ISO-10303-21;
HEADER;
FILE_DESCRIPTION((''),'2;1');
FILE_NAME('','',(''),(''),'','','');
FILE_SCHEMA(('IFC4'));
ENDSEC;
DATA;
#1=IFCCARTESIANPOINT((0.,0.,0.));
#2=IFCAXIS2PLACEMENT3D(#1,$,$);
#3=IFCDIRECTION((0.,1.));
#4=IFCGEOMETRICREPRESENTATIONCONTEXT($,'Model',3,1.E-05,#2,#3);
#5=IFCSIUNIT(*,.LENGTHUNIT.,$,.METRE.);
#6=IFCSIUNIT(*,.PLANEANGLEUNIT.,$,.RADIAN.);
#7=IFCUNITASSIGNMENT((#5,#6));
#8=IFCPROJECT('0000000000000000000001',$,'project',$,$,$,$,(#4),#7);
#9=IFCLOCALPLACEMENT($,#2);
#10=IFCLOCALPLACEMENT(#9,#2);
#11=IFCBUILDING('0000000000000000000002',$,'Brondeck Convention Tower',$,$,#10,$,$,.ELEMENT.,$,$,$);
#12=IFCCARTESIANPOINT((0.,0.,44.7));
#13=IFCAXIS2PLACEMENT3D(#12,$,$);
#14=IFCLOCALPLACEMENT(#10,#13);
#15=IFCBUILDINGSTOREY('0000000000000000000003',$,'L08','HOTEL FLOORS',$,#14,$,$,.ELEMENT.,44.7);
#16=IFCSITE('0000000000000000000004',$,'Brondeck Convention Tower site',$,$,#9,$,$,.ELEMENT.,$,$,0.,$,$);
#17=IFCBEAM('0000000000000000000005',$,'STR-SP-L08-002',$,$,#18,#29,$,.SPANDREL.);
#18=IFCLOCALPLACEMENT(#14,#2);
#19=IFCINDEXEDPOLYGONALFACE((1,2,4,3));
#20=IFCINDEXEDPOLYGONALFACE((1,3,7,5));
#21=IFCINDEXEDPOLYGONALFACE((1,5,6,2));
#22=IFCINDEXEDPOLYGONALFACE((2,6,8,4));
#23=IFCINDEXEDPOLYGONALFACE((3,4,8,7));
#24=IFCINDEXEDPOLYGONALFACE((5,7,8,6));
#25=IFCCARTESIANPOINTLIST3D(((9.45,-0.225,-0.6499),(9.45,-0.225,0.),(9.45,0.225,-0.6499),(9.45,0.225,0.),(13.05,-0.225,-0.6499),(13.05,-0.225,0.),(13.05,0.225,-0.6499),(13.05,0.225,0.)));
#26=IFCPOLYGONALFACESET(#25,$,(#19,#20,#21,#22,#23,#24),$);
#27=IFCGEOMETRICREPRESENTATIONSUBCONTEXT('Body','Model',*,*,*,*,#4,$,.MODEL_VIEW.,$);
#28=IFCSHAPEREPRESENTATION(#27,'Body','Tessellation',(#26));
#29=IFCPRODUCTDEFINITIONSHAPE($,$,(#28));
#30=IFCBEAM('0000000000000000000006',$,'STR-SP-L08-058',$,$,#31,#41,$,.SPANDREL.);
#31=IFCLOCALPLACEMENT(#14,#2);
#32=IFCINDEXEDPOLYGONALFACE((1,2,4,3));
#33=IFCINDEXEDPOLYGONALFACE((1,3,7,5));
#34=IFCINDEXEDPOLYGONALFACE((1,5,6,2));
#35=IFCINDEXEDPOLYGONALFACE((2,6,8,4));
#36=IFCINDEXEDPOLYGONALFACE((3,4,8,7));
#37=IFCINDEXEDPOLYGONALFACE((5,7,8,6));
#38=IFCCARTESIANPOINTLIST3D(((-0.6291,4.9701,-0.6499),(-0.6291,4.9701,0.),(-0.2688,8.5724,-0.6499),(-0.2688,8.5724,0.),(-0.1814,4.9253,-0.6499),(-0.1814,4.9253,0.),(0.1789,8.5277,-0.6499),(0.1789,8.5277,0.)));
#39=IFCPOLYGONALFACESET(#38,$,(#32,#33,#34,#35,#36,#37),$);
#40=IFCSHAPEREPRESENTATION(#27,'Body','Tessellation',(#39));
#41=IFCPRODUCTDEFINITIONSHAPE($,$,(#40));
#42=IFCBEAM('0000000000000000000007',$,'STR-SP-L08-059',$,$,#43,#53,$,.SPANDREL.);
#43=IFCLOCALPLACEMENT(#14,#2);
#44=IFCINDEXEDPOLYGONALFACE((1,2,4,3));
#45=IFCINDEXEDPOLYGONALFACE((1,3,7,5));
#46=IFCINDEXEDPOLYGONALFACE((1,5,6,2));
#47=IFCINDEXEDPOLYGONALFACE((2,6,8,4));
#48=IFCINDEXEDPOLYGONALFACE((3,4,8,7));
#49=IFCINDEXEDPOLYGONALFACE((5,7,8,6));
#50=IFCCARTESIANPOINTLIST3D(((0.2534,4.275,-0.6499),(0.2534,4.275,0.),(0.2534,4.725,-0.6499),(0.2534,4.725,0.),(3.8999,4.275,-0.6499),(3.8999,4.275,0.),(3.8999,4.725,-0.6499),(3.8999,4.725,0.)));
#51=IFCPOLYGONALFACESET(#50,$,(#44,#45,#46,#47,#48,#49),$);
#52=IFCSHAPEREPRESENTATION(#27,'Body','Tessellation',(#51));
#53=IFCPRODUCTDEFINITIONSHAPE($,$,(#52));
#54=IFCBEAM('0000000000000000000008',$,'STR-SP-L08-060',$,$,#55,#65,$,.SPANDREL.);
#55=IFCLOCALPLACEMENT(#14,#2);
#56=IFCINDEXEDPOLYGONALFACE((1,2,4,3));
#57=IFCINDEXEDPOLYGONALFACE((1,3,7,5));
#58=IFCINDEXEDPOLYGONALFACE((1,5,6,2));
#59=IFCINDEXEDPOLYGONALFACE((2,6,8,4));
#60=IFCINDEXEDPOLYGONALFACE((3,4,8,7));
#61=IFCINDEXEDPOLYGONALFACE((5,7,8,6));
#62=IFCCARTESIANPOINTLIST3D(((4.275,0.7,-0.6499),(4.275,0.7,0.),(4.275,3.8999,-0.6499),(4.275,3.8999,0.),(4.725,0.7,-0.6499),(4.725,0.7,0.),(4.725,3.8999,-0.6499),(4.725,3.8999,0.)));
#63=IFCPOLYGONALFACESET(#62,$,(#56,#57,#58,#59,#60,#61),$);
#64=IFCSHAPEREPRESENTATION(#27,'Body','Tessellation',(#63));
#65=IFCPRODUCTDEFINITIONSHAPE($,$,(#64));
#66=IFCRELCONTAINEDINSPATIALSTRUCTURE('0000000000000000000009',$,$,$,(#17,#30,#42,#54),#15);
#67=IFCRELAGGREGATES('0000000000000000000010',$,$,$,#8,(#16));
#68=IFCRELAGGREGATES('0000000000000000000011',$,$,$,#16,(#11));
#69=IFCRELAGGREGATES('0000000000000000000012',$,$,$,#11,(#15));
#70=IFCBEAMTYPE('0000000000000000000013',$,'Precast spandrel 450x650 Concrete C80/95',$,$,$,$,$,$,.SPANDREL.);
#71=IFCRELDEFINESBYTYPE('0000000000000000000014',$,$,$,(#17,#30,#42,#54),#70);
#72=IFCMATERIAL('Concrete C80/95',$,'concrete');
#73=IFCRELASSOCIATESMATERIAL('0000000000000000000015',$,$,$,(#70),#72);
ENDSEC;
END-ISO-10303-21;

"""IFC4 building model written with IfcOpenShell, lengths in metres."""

from ifc_helpers import new_model, si_unit, direction, frame, origin, origin_2d, place, context, subcontext, project, spatial, rectangle, extrude, material, material_profile, profile_set, type_object, element, save


model = new_model("IFC4")

# Units and contexts
model_context = context("Model", 3, precision=1e-05, world=origin(), true_north=direction((0.0, 1.0)))
body_context = subcontext(model_context, "Body", "Model", "MODEL_VIEW")
ifc_project = project(units=[si_unit("LENGTHUNIT", "METRE"), si_unit("PLANEANGLEUNIT", "RADIAN")], contexts=[model_context])

# Site, building, storey
site_placement = place(None, origin())
site = spatial("IfcSite", under=ifc_project, at=site_placement, Name="Brondeck Convention Tower site", CompositionType="ELEMENT", RefElevation=0.0)
building_placement = place(site_placement, origin())
building = spatial("IfcBuilding", under=site, at=building_placement, Name="Brondeck Convention Tower", CompositionType="ELEMENT")
storey_placement = place(building_placement, frame((0.0, 0.0, 44.7)))
storey = spatial("IfcBuildingStorey", under=building, at=storey_placement, Name="L08", Description="HOTEL FLOORS", CompositionType="ELEMENT", Elevation=44.7)

# Shared definitions
ifc_material_1 = material(Name="Concrete C80/95", Category="concrete")

# Beams
ifc_material_profile_1 = material_profile(ifc_material_1, rectangle(XDim=0.45, YDim=0.6499, at=origin_2d()), Name="Precast spandrel 450x650 Concrete C80/95")
ifc_profile_set_1 = profile_set([ifc_material_profile_1], Name="Concrete C80/95")
beam_type_1 = type_object("IfcBeamType", Name="Precast spandrel 450x650 Concrete C80/95", PredefinedType="SPANDREL", material=ifc_profile_set_1)
for number, where, z_axis, x_axis, name in (
    (1, (9.45, 0.0, -0.325), (1.0, 0.0, 0.0), (0.0, 1.0, 0.0), "STR-SP-L08-002"),
):
    element("IfcBeam", number, at=place(storey_placement, frame(where, z_axis=z_axis, x_axis=x_axis)), inside=storey, type_object=beam_type_1, Name=name, PredefinedType="SPANDREL", context=body_context, shape_type="SweptSolid", body=[
        extrude(rectangle(XDim=0.45, YDim=0.6499, at=origin_2d()), origin(), (0.0, 0.0, 1.0), 3.6001),
    ])
beam_1_placement = place(storey_placement, frame((-0.0449, 8.55, -0.325), z_axis=(-0.099537, -0.995034, 0.0), x_axis=(0.995034, -0.099537, 0.0)))
element("IfcBeam", 2, at=beam_1_placement, inside=storey, type_object=beam_type_1, Name="STR-SP-L08-058", PredefinedType="SPANDREL", context=body_context, shape_type="SweptSolid", body=[
    extrude(rectangle(XDim=0.45, YDim=0.6499, at=origin_2d()), origin(), (0.0, 0.0, 1.0), 3.6204),
])
beam_2_placement = place(storey_placement, frame((0.2534, 4.5, -0.325), z_axis=(1.0, 0.0, 0.0), x_axis=(0.0, 1.0, 0.0)))
element("IfcBeam", 3, at=beam_2_placement, inside=storey, type_object=beam_type_1, Name="STR-SP-L08-059", PredefinedType="SPANDREL", context=body_context, shape_type="SweptSolid", body=[
    extrude(rectangle(XDim=0.45, YDim=0.6499, at=origin_2d()), origin(), (0.0, 0.0, 1.0), 3.6465),
])
beam_3_placement = place(storey_placement, frame((4.5, 3.8999, -0.325), z_axis=(0.0, -1.0, 0.0), x_axis=(1.0, 0.0, 0.0)))
element("IfcBeam", 4, at=beam_3_placement, inside=storey, type_object=beam_type_1, Name="STR-SP-L08-060", PredefinedType="SPANDREL", context=body_context, shape_type="SweptSolid", body=[
    extrude(rectangle(XDim=0.45, YDim=0.6499, at=origin_2d()), origin(), (0.0, 0.0, 1.0), 3.2),
])

save(model, "model.ifc")
